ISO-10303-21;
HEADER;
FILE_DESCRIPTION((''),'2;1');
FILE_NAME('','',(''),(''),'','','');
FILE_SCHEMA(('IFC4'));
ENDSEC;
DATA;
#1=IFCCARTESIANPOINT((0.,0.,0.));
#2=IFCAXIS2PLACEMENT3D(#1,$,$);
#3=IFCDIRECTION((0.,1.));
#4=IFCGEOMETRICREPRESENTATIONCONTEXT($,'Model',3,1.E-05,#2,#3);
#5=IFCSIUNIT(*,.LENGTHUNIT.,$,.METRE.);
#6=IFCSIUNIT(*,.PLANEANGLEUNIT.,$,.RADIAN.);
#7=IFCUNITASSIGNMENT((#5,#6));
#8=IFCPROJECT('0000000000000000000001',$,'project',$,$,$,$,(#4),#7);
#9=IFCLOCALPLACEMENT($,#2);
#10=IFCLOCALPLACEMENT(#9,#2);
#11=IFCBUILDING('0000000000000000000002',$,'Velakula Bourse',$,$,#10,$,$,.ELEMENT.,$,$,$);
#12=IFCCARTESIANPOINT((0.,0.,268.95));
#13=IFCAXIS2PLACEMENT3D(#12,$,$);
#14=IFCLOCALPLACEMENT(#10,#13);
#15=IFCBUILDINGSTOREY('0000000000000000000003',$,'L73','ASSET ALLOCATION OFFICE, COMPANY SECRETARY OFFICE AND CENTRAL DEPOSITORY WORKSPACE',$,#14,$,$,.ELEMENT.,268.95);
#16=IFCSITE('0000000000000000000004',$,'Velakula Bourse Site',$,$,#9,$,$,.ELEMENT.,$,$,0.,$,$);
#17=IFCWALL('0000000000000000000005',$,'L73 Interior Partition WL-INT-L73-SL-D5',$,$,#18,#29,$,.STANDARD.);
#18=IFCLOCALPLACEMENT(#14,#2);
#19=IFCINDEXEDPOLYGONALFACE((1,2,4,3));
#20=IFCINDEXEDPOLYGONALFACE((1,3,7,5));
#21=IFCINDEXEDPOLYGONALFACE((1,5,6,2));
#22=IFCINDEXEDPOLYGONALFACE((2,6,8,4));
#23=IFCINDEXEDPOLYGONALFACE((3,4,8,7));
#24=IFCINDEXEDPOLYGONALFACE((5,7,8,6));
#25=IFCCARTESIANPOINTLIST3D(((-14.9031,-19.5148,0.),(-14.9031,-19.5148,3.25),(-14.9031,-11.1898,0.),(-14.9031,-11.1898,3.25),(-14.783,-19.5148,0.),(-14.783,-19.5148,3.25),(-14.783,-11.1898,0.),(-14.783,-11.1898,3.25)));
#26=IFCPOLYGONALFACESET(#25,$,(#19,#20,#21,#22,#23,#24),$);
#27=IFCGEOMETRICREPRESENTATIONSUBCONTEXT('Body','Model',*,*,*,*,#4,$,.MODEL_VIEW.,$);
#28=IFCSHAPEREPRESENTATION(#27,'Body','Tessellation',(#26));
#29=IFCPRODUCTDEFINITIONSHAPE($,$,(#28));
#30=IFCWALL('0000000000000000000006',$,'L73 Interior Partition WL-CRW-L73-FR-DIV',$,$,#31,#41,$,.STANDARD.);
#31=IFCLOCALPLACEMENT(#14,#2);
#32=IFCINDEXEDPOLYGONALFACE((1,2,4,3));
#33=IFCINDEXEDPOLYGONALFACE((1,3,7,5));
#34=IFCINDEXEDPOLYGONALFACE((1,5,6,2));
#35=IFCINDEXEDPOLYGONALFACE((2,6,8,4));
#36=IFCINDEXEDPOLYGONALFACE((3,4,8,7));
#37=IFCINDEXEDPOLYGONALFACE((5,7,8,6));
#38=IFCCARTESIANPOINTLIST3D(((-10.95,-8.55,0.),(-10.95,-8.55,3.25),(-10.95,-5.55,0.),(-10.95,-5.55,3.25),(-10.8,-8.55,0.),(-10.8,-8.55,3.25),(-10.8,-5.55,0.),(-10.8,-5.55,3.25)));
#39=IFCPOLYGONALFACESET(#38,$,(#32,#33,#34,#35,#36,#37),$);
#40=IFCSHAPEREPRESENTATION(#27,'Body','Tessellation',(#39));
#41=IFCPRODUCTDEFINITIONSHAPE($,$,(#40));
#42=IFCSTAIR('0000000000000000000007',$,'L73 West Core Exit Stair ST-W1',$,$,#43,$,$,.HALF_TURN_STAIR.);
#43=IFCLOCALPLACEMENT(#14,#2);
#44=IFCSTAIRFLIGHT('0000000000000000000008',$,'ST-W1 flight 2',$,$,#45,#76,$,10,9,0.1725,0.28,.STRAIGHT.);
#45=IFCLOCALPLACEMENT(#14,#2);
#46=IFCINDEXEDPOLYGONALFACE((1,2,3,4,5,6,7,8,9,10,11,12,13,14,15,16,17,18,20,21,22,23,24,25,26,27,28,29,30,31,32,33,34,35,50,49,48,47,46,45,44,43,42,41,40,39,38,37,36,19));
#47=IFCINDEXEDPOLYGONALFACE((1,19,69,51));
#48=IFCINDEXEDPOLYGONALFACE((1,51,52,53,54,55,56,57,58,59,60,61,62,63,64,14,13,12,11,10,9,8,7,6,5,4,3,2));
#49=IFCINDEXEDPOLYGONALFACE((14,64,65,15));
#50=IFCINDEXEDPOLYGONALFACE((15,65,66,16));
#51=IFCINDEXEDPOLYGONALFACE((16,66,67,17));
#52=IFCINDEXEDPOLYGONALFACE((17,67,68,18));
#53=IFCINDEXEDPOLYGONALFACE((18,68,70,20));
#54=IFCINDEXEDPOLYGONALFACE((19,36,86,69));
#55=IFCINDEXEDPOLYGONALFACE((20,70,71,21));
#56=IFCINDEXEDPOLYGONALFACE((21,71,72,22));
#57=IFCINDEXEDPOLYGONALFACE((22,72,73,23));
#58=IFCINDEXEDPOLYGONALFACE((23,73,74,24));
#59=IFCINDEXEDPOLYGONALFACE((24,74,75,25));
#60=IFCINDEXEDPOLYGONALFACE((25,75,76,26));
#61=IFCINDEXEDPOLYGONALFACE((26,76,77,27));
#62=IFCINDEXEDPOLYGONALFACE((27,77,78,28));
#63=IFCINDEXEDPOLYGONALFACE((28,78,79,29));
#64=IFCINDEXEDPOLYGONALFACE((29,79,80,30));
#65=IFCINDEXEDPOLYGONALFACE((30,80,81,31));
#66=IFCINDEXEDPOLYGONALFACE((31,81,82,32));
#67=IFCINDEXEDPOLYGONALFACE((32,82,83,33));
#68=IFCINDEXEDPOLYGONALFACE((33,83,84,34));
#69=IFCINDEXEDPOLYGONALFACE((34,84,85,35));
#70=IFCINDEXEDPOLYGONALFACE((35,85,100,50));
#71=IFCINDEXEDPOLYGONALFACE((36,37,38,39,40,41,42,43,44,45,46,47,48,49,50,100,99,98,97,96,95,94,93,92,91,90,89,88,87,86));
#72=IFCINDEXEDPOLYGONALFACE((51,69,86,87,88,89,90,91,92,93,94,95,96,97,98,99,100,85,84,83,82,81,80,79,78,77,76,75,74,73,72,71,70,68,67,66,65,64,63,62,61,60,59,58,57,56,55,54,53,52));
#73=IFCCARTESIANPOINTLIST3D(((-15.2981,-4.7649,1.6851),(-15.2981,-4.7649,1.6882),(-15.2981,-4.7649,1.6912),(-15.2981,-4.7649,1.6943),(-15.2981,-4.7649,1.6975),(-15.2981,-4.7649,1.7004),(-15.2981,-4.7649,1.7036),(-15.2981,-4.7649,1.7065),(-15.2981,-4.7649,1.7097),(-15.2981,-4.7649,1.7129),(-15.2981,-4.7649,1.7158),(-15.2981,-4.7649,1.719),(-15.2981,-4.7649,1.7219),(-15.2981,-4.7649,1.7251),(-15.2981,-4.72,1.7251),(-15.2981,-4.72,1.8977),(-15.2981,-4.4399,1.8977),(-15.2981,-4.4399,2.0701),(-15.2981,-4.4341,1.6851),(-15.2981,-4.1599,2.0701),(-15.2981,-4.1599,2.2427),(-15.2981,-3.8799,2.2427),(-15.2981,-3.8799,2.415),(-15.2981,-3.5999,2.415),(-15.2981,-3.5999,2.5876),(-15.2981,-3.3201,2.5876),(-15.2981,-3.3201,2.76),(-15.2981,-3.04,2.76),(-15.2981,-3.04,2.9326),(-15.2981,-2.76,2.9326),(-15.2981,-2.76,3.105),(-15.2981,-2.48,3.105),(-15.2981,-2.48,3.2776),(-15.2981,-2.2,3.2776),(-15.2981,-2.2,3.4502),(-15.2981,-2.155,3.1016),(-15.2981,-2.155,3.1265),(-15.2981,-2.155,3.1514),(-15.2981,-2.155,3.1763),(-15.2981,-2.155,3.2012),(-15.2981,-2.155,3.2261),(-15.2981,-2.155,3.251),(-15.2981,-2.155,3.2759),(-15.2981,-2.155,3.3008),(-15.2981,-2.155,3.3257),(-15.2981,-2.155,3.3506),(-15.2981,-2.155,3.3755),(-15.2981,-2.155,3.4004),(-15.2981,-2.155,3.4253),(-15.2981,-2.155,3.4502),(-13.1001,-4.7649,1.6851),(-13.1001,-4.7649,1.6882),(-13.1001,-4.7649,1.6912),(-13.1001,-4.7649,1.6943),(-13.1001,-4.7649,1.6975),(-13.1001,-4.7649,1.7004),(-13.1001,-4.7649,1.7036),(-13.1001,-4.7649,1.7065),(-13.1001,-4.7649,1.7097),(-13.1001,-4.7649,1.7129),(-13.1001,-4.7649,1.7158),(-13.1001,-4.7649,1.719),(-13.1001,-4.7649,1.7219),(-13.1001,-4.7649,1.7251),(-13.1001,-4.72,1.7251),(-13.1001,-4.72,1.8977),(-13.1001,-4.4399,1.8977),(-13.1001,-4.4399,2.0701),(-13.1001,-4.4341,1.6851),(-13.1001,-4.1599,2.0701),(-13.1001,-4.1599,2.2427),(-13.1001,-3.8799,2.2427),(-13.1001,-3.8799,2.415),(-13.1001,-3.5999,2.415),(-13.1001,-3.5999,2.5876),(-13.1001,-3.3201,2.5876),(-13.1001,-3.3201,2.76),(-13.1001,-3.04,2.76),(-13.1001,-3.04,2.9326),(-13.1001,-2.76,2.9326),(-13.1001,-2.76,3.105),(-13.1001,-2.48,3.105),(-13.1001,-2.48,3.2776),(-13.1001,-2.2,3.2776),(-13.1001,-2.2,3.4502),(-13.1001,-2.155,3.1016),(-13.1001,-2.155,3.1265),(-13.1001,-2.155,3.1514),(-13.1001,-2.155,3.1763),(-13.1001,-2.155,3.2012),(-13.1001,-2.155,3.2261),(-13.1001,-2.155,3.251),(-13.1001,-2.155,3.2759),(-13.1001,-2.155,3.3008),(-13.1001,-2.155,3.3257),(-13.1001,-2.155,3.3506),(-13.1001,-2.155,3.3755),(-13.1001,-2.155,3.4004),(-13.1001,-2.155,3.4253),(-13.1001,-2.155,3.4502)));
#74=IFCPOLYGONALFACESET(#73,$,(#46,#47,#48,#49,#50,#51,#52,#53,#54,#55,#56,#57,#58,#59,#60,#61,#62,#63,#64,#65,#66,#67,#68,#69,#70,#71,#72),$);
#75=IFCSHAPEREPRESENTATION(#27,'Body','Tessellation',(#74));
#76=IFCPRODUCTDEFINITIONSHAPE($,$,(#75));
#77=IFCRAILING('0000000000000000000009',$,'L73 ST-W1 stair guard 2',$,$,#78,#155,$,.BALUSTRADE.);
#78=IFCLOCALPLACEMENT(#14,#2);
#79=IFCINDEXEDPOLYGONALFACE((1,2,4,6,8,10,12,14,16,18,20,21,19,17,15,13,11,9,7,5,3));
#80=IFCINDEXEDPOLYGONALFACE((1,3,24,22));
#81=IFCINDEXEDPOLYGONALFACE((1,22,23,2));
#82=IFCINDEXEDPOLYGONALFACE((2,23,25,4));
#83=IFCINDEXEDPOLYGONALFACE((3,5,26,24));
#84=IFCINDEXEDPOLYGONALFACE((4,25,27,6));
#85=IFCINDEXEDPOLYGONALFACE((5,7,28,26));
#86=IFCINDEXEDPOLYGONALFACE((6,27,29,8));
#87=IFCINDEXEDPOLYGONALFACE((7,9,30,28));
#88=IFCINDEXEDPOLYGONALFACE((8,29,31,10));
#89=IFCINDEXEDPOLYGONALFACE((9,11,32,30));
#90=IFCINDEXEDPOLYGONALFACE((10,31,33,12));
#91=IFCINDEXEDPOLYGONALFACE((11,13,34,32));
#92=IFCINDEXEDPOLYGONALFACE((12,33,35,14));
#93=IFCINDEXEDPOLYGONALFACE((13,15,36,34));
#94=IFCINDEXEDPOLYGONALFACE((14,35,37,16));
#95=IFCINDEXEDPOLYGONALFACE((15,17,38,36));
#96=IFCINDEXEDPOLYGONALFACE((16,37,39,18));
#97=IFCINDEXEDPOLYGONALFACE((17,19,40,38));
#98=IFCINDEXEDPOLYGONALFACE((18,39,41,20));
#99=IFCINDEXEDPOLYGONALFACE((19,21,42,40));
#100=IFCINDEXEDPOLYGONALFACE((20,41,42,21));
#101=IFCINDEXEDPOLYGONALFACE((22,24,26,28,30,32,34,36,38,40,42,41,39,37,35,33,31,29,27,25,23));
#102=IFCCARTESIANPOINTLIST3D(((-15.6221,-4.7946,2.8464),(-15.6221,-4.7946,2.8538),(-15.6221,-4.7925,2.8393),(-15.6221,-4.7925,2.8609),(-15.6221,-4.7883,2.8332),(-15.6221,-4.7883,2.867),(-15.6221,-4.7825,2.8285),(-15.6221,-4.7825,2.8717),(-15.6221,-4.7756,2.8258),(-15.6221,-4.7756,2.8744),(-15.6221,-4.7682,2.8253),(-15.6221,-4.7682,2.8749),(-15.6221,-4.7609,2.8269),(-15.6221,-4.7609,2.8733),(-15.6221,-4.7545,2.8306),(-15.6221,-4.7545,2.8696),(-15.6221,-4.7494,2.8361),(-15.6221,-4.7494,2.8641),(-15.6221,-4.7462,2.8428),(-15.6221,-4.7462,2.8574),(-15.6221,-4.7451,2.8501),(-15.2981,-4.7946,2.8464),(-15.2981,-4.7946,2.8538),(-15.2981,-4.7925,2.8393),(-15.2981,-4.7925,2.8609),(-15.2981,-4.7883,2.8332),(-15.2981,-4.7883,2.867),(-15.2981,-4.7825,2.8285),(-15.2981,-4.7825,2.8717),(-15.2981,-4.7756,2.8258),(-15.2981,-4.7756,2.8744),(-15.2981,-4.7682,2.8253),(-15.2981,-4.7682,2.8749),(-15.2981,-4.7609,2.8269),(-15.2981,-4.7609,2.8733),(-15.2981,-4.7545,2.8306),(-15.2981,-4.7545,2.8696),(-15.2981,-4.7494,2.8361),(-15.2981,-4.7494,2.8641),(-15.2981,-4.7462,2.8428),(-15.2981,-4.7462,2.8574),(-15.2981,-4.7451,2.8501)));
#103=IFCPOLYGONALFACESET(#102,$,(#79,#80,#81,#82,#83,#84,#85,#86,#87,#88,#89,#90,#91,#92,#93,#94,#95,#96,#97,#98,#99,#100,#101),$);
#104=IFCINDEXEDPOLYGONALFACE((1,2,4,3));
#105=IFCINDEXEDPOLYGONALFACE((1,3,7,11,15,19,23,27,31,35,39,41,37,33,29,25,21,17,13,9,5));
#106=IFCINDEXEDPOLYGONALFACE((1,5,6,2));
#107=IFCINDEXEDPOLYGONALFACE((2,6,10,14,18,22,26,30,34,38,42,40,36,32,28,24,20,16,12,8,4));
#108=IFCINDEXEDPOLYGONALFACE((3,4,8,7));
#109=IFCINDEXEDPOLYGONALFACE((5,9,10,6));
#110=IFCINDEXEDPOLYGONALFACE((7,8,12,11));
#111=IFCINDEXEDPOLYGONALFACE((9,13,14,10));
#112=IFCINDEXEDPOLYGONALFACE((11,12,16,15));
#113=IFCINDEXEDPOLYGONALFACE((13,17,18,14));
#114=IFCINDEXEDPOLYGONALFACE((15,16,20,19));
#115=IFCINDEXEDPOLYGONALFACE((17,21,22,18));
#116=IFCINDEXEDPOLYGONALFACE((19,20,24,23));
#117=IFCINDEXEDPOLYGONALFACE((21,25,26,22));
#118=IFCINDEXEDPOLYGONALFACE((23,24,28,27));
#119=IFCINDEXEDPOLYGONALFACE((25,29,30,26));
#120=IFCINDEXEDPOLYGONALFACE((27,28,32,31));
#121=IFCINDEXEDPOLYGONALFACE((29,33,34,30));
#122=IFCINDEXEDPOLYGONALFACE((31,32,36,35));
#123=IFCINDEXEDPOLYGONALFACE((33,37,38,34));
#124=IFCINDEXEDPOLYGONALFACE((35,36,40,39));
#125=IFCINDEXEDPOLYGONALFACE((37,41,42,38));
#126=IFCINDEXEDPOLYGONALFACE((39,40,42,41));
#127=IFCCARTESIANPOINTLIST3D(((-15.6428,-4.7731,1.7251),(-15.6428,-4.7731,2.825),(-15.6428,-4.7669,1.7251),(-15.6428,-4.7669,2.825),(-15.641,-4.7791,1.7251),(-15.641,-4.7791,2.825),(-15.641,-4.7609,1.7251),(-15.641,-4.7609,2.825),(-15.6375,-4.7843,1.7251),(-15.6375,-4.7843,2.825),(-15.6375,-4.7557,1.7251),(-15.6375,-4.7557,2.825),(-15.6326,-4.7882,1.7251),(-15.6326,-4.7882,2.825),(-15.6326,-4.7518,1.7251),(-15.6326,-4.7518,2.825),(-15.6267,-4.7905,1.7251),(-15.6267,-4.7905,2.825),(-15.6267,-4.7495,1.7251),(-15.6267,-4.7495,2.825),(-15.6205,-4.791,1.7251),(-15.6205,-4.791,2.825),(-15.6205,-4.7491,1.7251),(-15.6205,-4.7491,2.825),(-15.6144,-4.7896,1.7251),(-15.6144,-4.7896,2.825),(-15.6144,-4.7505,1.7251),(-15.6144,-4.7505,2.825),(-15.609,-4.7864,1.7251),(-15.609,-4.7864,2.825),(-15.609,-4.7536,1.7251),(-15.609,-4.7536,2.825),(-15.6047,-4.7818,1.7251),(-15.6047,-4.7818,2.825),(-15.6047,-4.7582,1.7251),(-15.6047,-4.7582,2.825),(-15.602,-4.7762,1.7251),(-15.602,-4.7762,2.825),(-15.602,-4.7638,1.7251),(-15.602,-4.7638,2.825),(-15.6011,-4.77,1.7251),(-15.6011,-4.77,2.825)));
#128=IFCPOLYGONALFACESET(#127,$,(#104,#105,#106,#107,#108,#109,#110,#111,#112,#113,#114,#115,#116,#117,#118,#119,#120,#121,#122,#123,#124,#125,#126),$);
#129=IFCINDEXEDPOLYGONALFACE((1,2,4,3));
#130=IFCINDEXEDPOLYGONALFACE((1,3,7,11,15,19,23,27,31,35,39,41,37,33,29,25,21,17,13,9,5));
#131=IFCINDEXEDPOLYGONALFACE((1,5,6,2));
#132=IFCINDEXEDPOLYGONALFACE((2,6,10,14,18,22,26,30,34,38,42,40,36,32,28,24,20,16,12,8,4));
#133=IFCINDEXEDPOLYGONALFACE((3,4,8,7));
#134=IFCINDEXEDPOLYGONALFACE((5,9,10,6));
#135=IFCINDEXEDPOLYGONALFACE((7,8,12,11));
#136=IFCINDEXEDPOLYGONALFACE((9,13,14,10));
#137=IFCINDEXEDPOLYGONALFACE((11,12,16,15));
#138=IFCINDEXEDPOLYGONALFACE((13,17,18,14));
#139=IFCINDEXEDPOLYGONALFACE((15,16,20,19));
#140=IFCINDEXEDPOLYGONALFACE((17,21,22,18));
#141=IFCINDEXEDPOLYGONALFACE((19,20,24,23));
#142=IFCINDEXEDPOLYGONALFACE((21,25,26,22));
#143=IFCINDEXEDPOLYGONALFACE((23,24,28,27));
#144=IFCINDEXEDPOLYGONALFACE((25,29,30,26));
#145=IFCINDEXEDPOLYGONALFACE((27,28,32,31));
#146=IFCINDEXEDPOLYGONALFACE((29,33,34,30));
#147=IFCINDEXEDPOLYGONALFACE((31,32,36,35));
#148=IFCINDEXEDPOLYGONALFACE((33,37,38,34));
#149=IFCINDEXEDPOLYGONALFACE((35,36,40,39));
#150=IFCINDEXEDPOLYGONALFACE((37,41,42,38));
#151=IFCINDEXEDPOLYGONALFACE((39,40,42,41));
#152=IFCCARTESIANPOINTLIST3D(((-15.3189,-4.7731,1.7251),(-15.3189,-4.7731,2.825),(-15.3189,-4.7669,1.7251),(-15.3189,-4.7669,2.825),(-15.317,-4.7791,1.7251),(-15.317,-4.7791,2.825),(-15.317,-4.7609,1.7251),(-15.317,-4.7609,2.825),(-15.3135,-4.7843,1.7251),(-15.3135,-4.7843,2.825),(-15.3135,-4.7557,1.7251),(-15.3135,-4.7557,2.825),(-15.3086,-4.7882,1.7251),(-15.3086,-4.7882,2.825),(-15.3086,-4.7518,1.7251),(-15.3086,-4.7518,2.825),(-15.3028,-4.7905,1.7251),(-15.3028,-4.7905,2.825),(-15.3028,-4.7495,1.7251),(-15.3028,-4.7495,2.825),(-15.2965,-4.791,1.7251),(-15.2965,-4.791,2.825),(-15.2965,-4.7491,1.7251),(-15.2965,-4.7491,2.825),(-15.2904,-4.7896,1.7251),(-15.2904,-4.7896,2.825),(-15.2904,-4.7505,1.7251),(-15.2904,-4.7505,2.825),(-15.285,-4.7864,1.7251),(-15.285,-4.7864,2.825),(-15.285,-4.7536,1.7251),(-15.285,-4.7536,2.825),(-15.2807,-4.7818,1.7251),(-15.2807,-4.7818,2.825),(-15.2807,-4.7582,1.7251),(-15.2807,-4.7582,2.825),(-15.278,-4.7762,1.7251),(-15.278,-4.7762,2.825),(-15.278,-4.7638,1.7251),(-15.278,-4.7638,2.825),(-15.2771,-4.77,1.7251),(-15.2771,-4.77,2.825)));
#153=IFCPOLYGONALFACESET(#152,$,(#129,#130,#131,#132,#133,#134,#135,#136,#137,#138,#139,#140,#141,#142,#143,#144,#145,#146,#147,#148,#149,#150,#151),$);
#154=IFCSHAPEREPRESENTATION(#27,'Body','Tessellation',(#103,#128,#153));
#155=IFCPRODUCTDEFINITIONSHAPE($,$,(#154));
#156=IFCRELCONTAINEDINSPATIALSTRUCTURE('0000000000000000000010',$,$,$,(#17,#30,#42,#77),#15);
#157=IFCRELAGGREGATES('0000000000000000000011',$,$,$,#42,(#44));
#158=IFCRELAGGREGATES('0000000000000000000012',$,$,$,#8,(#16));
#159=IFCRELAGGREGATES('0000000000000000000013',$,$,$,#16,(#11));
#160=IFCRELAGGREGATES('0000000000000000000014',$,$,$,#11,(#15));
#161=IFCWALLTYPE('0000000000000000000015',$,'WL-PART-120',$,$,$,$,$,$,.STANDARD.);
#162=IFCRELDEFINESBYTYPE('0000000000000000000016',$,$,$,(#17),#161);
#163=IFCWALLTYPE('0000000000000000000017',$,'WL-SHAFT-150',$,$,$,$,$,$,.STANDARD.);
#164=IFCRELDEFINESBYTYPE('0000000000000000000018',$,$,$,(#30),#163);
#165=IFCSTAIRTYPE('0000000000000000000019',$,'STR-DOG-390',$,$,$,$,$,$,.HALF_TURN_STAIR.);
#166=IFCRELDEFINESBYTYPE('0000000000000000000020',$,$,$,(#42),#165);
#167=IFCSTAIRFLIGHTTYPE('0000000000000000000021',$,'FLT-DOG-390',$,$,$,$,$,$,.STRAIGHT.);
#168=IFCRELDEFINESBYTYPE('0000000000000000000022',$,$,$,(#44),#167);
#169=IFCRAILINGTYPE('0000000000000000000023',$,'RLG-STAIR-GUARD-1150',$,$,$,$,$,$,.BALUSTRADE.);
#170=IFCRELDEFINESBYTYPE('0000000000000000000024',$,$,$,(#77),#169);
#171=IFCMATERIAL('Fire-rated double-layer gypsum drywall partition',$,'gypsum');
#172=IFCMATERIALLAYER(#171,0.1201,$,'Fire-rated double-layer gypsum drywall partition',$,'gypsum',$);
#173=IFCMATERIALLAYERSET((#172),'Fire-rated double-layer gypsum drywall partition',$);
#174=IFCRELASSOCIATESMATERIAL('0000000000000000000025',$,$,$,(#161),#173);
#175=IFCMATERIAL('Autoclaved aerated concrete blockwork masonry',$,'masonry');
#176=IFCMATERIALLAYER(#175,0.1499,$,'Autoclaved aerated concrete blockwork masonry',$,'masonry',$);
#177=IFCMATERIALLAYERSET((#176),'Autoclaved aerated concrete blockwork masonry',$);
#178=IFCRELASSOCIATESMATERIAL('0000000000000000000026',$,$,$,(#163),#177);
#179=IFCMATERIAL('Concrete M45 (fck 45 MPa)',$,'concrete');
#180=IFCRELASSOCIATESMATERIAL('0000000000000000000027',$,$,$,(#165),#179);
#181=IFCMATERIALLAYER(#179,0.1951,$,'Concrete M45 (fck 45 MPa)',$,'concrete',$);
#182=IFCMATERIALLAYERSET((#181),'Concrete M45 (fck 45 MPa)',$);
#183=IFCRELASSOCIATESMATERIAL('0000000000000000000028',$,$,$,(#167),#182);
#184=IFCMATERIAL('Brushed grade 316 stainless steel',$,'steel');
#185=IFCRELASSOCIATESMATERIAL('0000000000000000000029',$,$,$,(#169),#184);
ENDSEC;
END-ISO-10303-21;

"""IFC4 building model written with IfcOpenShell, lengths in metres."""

from ifc_helpers import new_model, si_unit, direction, frame, frame_2d, origin, origin_2d, place, context, subcontext, project, spatial, polyline, rectangle, circle, outline, extrude, material, layer, layer_set, type_object, element, aggregate, save


model = new_model("IFC4")

# Units and contexts
model_context = context("Model", 3, precision=1e-05, world=origin(), true_north=direction((0.0, 1.0)))
body_context = subcontext(model_context, "Body", "Model", "MODEL_VIEW")
ifc_project = project(units=[si_unit("LENGTHUNIT", "METRE"), si_unit("PLANEANGLEUNIT", "RADIAN")], contexts=[model_context])

# Site, building, storey
site_placement = place(None, origin())
site = spatial("IfcSite", under=ifc_project, at=site_placement, Name="Velakula Bourse Site", CompositionType="ELEMENT", RefElevation=0.0)
building_placement = place(site_placement, origin())
building = spatial("IfcBuilding", under=site, at=building_placement, Name="Velakula Bourse", CompositionType="ELEMENT")
storey_placement = place(building_placement, frame((0.0, 0.0, 268.95)))
storey = spatial("IfcBuildingStorey", under=building, at=storey_placement, Name="L73", Description="ASSET ALLOCATION OFFICE, COMPANY SECRETARY OFFICE AND CENTRAL DEPOSITORY WORKSPACE", CompositionType="ELEMENT", Elevation=268.95)

# Wall
ifc_material_1 = material(Name="Fire-rated double-layer gypsum drywall partition", Category="gypsum")
ifc_layer_1 = layer(ifc_material_1, 0.1201, Name="Fire-rated double-layer gypsum drywall partition", Category="gypsum")
ifc_layer_set_1 = layer_set([ifc_layer_1], Name="Fire-rated double-layer gypsum drywall partition")
wall_type_1 = type_object("IfcWallType", Name="WL-PART-120", PredefinedType="STANDARD", material=ifc_layer_set_1)
wall_1_placement = place(storey_placement, frame((-14.843, -19.5149, 0.0), z_axis=(0.0, 0.0, 1.0), x_axis=(0.0, 1.0, 0.0)))
element("IfcWall", 1, at=wall_1_placement, inside=storey, type_object=wall_type_1, Name="L73 Interior Partition WL-INT-L73-SL-D5", PredefinedType="STANDARD", context=body_context, shape_type="SweptSolid", body=[
    extrude(rectangle(XDim=8.325, YDim=0.1201, at=frame_2d((4.1626, 0.0))), origin(), (0.0, 0.0, 1.0), 3.25),
])

# Shared definitions
ifc_material_2 = material(Name="Autoclaved aerated concrete blockwork masonry", Category="masonry")
ifc_layer_2 = layer(ifc_material_2, 0.1499, Name="Autoclaved aerated concrete blockwork masonry", Category="masonry")
ifc_layer_set_2 = layer_set([ifc_layer_2], Name="Autoclaved aerated concrete blockwork masonry")
wall_type_2 = type_object("IfcWallType", Name="WL-SHAFT-150", PredefinedType="STANDARD", material=ifc_layer_set_2)
ifc_material_3 = material(Name="Brushed grade 316 stainless steel", Category="steel")

# Wall
wall_2_placement = place(storey_placement, frame((-10.875, -8.55, 0.0), z_axis=(0.0, 0.0, 1.0), x_axis=(0.0, 1.0, 0.0)))
element("IfcWall", 2, at=wall_2_placement, inside=storey, type_object=wall_type_2, Name="L73 Interior Partition WL-CRW-L73-FR-DIV", PredefinedType="STANDARD", context=body_context, shape_type="SweptSolid", body=[
    extrude(rectangle(XDim=3.0, YDim=0.1499, at=frame_2d((1.5, 0.0))), origin(), (0.0, 0.0, 1.0), 3.25),
])

# Stair, stair flight
ifc_material_4 = material(Name="Concrete M45 (fck 45 MPa)", Category="concrete")
stair_type = type_object("IfcStairType", Name="STR-DOG-390", PredefinedType="HALF_TURN_STAIR", material=ifc_material_4)
stair_placement = place(storey_placement, origin())
stair = element("IfcStair", 3, at=stair_placement, inside=storey, type_object=stair_type, Name="L73 West Core Exit Stair ST-W1", PredefinedType="HALF_TURN_STAIR")
ifc_layer_3 = layer(ifc_material_4, 0.1951, Name="Concrete M45 (fck 45 MPa)", Category="concrete")
ifc_layer_set_3 = layer_set([ifc_layer_3], Name="Concrete M45 (fck 45 MPa)")
stair_flight_type = type_object("IfcStairFlightType", Name="FLT-DOG-390", PredefinedType="STRAIGHT", material=ifc_layer_set_3)
stair_flight_placement = place(storey_placement, frame((-14.199, -4.72, 1.7251), z_axis=(0.0, 0.0, 1.0), x_axis=(0.0, 1.0, 0.0)))
stair_flight = element("IfcStairFlight", 4, at=stair_flight_placement, type_object=stair_flight_type, Name="ST-W1 flight 2", NumberOfRisers=10, NumberOfTreads=9, PredefinedType="STRAIGHT", RiserHeight=0.1725, TreadLength=0.28, context=body_context, shape_type="SweptSolid", body=[
    extrude(outline(polyline([(-0.0449, -0.04), (-0.0449, -0.0369), (-0.0449, -0.0339), (-0.0449, -0.0308), (-0.0449, -0.0276), (-0.0449, -0.0247), (-0.0449, -0.0215), (-0.0449, -0.0186), (-0.0449, -0.0154), (-0.0449, -0.0122), (-0.0449, -0.0093), (-0.0449, -0.0061), (-0.0449, -0.0032), (-0.0449, 0.0), (0.0, 0.0), (0.0, 0.1726), (0.28, 0.1726), (0.28, 0.345), (0.5601, 0.345), (0.5601, 0.5176), (0.8401, 0.5176), (0.8401, 0.6899), (1.1201, 0.6899), (1.1201, 0.8625), (1.3999, 0.8625), (1.3999, 1.0349), (1.6799, 1.0349), (1.6799, 1.2075), (1.96, 1.2075), (1.96, 1.3799), (2.24, 1.3799), (2.24, 1.5525), (2.52, 1.5525), (2.52, 1.7251), (2.5649, 1.7251), (2.5649, 1.7002), (2.5649, 1.6753), (2.5649, 1.6504), (2.5649, 1.6255), (2.5649, 1.6006), (2.5649, 1.5757), (2.5649, 1.5508), (2.5649, 1.5259), (2.5649, 1.501), (2.5649, 1.4761), (2.5649, 1.4512), (2.5649, 1.4263), (2.5649, 1.4014), (2.5649, 1.3765), (0.2859, -0.04), (-0.0449, -0.04)])), frame((0.0, 1.0991, 0.0), z_axis=(0.0, -1.0, 0.0), x_axis=(1.0, 0.0, 0.0)), (0.0, 0.0, 1.0), 2.198),
])
aggregate(stair, [stair_flight])

# Railing
railing_type_1 = type_object("IfcRailingType", Name="RLG-STAIR-GUARD-1150", PredefinedType="BALUSTRADE", material=ifc_material_3)
railing_1_placement = place(storey_placement, frame((-15.6221, -4.77, 1.7251)))
element("IfcRailing", 5, at=railing_1_placement, inside=storey, type_object=railing_type_1, Name="L73 ST-W1 stair guard 2", PredefinedType="BALUSTRADE", context=body_context, shape_type="SweptSolid", body=[
    extrude(circle(Radius=0.0249, at=origin_2d()), frame((0.0, 0.0, 1.125), z_axis=(1.0, 0.0, 0.0), x_axis=(0.0, 1.0, 0.0)), (0.0, 0.0, 1.0), 0.324),
    extrude(circle(Radius=0.021, at=origin_2d()), origin(), (0.0, 0.0, 1.0), 1.0999),
    extrude(circle(Radius=0.021, at=origin_2d()), frame((0.324, 0.0, 0.0)), (0.0, 0.0, 1.0), 1.0999),
])

save(model, "model.ifc")
